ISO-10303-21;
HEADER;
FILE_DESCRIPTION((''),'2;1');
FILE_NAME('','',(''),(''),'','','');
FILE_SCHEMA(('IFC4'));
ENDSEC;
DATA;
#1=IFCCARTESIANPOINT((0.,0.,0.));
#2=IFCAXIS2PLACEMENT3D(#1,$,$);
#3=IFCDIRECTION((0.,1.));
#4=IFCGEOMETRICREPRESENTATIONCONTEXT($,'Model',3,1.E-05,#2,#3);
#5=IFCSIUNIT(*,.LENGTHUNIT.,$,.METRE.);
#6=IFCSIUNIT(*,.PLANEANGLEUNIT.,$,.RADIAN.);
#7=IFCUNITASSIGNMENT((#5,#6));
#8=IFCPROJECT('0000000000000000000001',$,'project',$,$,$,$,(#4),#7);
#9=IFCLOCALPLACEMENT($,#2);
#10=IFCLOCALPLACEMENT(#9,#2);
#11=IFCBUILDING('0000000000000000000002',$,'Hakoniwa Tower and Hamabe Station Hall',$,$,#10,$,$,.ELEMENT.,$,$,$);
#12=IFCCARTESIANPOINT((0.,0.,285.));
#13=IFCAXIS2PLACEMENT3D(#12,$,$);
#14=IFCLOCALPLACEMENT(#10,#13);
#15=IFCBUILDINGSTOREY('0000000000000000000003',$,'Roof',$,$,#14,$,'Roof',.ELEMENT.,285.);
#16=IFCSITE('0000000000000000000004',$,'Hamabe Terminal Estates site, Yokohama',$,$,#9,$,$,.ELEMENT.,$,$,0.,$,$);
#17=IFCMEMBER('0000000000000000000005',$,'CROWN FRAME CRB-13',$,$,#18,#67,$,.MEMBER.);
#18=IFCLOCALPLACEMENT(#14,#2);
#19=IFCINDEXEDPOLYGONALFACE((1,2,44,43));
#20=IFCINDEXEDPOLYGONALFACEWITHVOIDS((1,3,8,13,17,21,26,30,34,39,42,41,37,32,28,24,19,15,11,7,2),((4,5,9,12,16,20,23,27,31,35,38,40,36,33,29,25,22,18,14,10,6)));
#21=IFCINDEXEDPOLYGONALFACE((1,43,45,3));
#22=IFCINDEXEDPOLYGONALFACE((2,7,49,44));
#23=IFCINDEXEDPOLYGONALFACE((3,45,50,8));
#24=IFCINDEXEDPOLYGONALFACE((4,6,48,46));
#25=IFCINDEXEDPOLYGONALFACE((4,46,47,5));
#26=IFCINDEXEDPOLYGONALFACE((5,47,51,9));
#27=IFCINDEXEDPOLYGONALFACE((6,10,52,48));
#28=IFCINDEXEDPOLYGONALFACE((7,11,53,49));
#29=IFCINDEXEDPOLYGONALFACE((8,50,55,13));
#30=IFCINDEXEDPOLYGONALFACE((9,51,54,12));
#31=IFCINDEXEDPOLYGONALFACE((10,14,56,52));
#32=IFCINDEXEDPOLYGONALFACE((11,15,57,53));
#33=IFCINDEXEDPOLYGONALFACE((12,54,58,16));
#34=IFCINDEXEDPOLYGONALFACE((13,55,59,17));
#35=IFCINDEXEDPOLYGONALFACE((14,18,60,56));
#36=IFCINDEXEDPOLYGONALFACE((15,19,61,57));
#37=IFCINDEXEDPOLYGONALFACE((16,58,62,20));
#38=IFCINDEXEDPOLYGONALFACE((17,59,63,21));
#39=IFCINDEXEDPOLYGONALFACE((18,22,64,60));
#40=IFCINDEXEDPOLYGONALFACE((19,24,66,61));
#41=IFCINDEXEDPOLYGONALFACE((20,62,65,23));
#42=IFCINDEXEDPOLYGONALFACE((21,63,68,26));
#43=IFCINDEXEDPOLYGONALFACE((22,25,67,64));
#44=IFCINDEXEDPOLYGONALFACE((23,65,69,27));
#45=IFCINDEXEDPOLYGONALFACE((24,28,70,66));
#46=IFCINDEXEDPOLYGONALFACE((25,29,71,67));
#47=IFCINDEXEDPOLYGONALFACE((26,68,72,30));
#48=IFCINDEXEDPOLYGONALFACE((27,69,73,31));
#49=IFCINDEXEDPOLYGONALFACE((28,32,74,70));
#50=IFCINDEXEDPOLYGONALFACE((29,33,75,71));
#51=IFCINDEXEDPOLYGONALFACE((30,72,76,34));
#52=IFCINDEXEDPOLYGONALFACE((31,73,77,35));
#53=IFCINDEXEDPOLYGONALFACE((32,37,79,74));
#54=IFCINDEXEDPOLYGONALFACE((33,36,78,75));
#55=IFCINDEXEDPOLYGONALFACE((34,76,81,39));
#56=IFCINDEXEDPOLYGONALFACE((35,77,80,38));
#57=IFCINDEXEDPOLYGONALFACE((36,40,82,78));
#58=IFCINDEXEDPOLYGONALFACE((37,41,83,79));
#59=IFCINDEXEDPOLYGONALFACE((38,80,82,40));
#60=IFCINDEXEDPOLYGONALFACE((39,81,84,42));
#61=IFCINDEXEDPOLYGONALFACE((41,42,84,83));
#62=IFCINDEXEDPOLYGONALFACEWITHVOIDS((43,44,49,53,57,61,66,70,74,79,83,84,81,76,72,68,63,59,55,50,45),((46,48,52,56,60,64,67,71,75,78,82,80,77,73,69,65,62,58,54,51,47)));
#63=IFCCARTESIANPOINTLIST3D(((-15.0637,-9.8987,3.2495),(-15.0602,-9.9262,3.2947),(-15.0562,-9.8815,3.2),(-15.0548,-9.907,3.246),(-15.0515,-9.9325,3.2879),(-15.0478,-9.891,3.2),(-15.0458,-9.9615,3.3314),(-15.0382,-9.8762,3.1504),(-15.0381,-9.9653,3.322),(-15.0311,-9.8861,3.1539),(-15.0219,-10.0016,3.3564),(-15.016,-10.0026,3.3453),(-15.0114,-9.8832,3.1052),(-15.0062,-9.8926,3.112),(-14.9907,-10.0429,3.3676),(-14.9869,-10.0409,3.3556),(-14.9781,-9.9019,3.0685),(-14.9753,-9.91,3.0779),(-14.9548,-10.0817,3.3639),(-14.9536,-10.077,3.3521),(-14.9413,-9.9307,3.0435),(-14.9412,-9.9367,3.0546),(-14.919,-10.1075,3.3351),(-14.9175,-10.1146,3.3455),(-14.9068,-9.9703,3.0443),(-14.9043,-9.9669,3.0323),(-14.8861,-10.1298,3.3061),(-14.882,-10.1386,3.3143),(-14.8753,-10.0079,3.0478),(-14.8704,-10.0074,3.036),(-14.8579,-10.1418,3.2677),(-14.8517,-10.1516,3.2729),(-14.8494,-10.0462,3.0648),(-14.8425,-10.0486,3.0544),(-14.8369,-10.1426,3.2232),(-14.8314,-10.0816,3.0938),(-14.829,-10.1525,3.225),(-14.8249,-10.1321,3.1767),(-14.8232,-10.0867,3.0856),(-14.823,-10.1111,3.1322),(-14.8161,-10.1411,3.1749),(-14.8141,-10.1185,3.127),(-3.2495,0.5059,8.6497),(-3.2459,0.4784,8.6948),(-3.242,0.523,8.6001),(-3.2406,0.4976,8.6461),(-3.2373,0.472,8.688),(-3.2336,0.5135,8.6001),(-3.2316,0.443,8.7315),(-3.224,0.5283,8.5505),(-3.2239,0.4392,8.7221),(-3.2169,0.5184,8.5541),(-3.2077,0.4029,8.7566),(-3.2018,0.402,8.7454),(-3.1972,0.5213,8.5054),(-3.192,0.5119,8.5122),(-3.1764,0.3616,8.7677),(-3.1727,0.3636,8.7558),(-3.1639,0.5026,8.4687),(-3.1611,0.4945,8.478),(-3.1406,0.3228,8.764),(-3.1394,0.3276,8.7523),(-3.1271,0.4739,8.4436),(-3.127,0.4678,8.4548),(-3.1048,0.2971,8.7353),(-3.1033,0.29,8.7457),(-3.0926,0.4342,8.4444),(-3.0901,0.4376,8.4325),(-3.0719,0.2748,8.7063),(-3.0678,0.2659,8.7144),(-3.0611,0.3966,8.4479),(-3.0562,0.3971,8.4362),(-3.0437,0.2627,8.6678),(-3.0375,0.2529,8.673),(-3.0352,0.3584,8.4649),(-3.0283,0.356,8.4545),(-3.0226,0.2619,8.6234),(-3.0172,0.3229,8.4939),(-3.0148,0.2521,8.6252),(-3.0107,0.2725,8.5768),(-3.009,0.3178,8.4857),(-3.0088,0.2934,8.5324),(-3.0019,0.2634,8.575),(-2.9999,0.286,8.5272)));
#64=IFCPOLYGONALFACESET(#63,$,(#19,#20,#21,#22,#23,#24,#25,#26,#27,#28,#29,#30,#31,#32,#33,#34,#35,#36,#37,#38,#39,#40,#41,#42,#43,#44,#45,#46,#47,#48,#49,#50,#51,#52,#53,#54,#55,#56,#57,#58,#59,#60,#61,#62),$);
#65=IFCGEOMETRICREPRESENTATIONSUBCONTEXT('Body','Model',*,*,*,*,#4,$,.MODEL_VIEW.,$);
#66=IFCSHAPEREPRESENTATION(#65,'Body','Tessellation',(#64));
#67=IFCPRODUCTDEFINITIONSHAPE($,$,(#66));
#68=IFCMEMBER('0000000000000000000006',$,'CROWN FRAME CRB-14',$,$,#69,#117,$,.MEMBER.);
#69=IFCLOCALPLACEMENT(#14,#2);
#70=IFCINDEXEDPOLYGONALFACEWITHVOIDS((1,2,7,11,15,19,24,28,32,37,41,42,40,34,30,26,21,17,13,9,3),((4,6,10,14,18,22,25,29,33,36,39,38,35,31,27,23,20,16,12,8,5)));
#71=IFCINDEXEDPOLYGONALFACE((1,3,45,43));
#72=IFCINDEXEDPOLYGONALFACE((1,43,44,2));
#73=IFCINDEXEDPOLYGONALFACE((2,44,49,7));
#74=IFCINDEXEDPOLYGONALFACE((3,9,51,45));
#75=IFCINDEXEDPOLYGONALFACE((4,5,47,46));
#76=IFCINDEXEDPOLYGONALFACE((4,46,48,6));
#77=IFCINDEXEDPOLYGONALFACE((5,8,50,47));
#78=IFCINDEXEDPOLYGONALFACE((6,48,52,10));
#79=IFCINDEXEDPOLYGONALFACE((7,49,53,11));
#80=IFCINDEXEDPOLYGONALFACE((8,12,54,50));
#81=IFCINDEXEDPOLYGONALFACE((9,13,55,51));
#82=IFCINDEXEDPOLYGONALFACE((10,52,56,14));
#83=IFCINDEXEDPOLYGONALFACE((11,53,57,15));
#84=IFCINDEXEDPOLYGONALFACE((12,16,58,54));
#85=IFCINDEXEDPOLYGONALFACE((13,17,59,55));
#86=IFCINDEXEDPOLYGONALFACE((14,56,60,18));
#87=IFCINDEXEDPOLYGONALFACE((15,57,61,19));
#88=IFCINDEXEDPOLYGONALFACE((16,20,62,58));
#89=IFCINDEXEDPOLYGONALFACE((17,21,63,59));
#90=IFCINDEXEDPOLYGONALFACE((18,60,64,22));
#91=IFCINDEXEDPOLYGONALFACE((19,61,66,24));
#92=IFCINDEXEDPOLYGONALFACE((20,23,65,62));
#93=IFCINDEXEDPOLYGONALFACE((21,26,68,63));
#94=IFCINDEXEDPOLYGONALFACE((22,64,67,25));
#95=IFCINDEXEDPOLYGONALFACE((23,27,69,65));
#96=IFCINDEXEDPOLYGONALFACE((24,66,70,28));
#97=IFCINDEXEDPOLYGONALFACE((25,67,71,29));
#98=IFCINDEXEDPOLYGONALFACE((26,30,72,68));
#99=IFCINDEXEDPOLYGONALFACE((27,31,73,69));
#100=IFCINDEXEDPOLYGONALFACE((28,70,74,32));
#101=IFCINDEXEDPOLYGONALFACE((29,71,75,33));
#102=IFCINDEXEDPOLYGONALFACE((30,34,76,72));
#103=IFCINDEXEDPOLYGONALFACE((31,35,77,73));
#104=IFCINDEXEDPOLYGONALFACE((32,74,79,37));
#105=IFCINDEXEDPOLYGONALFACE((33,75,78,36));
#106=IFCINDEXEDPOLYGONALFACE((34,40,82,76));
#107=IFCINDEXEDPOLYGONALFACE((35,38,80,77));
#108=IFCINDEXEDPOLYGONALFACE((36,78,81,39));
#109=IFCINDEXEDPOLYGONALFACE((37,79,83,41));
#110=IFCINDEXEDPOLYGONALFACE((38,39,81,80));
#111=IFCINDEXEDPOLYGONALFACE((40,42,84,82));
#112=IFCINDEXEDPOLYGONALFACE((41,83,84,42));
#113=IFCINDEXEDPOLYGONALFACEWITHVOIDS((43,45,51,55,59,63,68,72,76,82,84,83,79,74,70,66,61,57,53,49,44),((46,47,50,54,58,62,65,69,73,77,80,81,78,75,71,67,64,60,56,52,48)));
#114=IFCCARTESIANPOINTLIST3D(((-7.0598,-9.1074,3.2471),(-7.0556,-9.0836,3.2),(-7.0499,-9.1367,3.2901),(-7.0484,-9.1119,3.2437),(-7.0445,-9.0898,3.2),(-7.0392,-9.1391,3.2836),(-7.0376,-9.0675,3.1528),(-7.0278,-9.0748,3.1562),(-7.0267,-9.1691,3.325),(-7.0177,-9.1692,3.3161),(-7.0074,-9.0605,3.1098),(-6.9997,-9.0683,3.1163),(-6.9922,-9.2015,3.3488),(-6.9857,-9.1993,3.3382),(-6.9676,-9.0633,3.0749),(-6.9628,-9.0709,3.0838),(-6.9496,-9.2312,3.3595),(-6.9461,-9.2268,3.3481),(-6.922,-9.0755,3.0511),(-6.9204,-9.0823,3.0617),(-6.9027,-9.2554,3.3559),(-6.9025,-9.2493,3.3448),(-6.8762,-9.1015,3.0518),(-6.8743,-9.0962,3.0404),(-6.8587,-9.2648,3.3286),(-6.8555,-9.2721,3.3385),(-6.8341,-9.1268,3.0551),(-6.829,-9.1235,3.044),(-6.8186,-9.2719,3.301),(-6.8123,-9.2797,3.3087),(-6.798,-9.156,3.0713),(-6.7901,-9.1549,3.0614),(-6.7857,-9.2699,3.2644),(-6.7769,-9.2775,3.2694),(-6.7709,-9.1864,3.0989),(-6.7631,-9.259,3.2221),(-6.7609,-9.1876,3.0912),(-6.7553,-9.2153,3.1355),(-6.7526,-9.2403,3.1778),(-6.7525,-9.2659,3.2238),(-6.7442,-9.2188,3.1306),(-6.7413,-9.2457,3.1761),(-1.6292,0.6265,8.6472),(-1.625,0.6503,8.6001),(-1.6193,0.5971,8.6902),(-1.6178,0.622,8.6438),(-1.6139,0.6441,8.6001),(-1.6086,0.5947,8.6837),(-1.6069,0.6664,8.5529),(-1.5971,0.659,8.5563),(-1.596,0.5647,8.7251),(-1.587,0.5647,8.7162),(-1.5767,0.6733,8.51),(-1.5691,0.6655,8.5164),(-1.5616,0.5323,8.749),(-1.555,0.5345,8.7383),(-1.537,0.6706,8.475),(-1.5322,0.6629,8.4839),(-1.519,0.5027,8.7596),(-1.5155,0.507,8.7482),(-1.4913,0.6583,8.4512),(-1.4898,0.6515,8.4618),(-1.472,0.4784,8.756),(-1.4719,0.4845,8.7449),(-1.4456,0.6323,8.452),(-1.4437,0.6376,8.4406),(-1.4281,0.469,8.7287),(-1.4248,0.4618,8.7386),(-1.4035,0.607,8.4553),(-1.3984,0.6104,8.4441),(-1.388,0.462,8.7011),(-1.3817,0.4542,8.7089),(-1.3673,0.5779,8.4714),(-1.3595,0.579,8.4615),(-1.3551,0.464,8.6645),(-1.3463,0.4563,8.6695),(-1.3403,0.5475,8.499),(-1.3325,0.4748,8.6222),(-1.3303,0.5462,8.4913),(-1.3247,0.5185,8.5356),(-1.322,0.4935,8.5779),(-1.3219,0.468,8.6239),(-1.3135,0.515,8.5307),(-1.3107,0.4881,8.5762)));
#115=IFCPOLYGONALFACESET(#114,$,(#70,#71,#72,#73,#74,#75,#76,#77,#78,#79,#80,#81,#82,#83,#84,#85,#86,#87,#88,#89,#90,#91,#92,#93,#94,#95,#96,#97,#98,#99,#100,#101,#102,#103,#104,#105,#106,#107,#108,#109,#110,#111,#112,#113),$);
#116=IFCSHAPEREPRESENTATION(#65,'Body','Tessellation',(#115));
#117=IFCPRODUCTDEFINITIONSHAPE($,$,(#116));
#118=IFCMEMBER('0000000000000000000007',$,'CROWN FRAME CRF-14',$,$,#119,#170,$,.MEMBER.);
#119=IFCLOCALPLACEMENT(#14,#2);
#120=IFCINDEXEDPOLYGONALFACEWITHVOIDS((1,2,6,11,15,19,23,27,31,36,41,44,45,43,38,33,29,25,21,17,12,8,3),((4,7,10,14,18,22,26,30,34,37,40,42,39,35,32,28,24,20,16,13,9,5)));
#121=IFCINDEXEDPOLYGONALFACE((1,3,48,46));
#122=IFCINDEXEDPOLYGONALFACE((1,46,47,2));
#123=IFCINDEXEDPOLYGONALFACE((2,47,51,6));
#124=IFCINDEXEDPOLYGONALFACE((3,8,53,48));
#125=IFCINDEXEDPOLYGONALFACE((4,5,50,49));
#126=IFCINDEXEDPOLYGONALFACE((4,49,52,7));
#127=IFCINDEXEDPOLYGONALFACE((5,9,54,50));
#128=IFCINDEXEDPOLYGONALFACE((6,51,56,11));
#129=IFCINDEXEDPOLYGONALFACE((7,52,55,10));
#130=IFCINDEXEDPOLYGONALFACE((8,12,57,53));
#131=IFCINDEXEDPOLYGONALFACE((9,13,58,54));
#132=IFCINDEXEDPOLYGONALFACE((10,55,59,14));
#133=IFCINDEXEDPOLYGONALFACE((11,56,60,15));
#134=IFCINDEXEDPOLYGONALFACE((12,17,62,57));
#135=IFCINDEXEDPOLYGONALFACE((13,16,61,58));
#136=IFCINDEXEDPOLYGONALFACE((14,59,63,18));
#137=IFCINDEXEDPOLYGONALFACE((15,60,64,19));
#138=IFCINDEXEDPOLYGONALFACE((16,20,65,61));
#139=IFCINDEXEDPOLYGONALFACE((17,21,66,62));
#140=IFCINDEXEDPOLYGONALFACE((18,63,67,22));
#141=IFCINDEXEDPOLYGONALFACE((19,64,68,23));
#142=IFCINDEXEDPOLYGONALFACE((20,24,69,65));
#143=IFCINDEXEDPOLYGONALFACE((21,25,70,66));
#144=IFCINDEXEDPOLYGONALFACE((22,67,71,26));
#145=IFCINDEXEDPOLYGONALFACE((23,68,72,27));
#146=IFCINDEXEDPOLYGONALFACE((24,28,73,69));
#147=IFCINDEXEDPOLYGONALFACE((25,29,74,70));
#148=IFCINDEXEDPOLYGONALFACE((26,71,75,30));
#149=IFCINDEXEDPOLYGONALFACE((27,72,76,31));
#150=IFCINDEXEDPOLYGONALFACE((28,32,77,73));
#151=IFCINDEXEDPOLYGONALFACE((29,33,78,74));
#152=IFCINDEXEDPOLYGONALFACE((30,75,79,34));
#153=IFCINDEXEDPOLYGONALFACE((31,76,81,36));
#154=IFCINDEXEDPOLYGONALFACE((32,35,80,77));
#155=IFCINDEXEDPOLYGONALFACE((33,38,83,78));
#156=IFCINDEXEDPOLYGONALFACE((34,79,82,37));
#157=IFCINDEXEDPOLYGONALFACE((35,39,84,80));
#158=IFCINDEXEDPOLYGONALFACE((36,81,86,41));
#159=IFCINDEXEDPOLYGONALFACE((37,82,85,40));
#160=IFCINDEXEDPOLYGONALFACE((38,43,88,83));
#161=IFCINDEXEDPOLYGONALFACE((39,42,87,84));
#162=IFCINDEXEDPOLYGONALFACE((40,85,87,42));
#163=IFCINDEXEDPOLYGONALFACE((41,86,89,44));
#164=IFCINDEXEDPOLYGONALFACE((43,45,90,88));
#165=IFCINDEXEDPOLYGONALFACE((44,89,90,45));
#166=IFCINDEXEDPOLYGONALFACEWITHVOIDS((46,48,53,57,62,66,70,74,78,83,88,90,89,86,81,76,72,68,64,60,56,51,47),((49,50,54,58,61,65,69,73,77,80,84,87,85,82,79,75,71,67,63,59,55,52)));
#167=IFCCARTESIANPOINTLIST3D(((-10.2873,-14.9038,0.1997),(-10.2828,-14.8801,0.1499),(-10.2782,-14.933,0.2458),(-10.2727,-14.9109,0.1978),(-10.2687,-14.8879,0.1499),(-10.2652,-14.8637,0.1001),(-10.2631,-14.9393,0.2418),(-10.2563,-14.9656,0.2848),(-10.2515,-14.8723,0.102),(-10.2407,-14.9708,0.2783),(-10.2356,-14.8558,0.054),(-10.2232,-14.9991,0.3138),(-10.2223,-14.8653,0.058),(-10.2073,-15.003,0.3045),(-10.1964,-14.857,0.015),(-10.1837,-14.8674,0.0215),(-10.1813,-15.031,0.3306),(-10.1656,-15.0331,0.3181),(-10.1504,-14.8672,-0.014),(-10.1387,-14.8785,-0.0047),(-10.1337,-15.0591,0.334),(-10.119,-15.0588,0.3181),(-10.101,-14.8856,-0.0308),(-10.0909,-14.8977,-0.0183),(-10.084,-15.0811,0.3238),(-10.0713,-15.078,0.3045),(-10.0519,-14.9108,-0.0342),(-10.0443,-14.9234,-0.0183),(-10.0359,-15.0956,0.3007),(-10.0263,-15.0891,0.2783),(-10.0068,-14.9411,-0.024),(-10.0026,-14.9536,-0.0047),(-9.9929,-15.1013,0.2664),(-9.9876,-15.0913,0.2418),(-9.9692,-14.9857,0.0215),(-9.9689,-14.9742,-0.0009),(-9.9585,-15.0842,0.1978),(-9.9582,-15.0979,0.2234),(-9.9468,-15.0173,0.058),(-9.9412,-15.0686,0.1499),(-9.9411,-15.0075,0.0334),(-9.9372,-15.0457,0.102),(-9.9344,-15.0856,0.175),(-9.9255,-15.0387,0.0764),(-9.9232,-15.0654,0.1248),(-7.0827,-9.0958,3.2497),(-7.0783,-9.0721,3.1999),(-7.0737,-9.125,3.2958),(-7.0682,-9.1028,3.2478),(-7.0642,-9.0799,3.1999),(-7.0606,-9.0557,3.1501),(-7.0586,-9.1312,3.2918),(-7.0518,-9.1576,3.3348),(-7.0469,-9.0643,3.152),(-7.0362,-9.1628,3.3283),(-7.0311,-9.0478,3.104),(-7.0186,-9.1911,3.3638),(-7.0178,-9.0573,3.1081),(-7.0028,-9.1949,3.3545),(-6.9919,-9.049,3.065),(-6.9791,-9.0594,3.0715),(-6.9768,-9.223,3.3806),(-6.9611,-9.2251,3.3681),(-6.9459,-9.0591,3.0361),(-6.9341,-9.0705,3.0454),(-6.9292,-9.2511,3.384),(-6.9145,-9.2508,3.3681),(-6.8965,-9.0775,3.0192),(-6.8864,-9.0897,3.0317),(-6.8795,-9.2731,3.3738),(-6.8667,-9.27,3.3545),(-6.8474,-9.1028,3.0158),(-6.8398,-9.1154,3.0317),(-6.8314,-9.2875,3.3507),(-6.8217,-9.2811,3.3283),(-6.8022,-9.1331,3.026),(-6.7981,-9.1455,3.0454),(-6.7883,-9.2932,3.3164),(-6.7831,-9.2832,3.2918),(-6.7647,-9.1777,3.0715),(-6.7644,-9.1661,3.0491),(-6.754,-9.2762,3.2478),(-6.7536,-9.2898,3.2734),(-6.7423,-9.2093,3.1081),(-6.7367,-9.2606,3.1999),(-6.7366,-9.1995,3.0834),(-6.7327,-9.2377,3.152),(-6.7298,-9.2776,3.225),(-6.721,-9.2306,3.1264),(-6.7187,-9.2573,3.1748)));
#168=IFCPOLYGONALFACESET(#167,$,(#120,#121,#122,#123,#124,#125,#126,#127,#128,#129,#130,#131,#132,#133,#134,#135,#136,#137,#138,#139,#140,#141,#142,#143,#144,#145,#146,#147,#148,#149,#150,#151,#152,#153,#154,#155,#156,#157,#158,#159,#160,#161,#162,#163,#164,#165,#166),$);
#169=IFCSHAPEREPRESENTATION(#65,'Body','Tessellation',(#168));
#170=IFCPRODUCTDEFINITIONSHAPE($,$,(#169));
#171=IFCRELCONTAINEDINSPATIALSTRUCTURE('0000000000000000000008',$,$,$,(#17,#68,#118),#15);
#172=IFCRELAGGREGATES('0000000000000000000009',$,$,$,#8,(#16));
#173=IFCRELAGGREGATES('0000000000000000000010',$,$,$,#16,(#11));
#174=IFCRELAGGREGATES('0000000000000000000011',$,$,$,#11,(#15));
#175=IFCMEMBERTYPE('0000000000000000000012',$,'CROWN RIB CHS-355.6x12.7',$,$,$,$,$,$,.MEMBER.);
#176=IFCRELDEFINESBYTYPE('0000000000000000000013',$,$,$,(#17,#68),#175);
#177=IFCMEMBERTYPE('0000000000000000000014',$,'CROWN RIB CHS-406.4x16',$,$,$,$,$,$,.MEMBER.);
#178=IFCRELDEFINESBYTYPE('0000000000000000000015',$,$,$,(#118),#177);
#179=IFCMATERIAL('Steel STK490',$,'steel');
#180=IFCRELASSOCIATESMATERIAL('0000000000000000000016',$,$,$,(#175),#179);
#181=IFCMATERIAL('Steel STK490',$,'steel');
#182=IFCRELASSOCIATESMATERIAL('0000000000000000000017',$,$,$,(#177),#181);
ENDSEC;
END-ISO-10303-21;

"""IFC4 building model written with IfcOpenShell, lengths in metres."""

from ifc_helpers import new_model, si_unit, direction, frame, origin, origin_2d, place, context, subcontext, project, spatial, hollow_circle, extrude, material, material_profile, profile_set, type_object, element, save


model = new_model("IFC4")

# Units and contexts
model_context = context("Model", 3, precision=1e-05, world=origin(), true_north=direction((0.0, 1.0)))
body_context = subcontext(model_context, "Body", "Model", "MODEL_VIEW")
ifc_project = project(units=[si_unit("LENGTHUNIT", "METRE"), si_unit("PLANEANGLEUNIT", "RADIAN")], contexts=[model_context])

# Site, building, storey
site_placement = place(None, origin())
site = spatial("IfcSite", under=ifc_project, at=site_placement, Name="Hamabe Terminal Estates site, Yokohama", CompositionType="ELEMENT", RefElevation=0.0)
building_placement = place(site_placement, origin())
building = spatial("IfcBuilding", under=site, at=building_placement, Name="Hakoniwa Tower and Hamabe Station Hall", CompositionType="ELEMENT")
storey_placement = place(building_placement, frame((0.0, 0.0, 285.0)))
storey = spatial("IfcBuildingStorey", under=building, at=storey_placement, Name="Roof", LongName="Roof", CompositionType="ELEMENT", Elevation=285.0)

# Members
ifc_material_1 = material(Name="Steel STK490", Category="steel")
ifc_material_profile_1 = material_profile(ifc_material_1, hollow_circle(Radius=0.1777, WallThickness=0.0127, at=origin_2d()), Name="CHS-355.6x12.7")
ifc_profile_set_1 = profile_set([ifc_material_profile_1], Name="Steel STK490")
member_type_1 = type_object("IfcMemberType", Name="CROWN RIB CHS-355.6x12.7", PredefinedType="MEMBER", material=ifc_profile_set_1)
member_1_placement = place(storey_placement, frame((-14.9387, -10.0149, 3.2), z_axis=(0.709858, 0.625158, 0.324468), x_axis=(-0.660916, 0.75046, 0.0)))
element("IfcMember", 1, at=member_1_placement, inside=storey, type_object=member_type_1, Name="CROWN FRAME CRB-13", PredefinedType="MEMBER", context=body_context, shape_type="SweptSolid", body=[
    extrude(hollow_circle(Radius=0.1777, WallThickness=0.0127, at=origin_2d()), origin(), (0.0, 0.0, 1.0), 16.6431),
])
member_2_placement = place(storey_placement, frame((-6.9004, -9.1702, 3.2), z_axis=(0.438467, 0.785906, 0.436003), x_axis=(-0.873282, 0.487215, 0.0)))
element("IfcMember", 2, at=member_2_placement, inside=storey, type_object=member_type_1, Name="CROWN FRAME CRB-14", PredefinedType="MEMBER", context=body_context, shape_type="SweptSolid", body=[
    extrude(hollow_circle(Radius=0.1777, WallThickness=0.0127, at=origin_2d()), origin(), (0.0, 0.0, 1.0), 12.3855),
])
ifc_material_2 = material(Name="Steel STK490", Category="steel")
ifc_material_profile_2 = material_profile(ifc_material_2, hollow_circle(Radius=0.2031, WallThickness=0.0161, at=origin_2d()), Name="CHS-406.4x16")
ifc_profile_set_2 = profile_set([ifc_material_profile_2], Name="Steel STK490")
member_type_2 = type_object("IfcMemberType", Name="CROWN RIB CHS-406.4x16", PredefinedType="MEMBER", material=ifc_profile_set_2)
member_3_placement = place(storey_placement, frame((-10.105, -14.9783, 0.1499), z_axis=(0.438918, 0.795509, 0.417751), x_axis=(-0.87557, 0.483091, 0.0)))
element("IfcMember", 3, at=member_3_placement, inside=storey, type_object=member_type_2, Name="CROWN FRAME CRF-14", PredefinedType="MEMBER", context=body_context, shape_type="SweptSolid", body=[
    extrude(hollow_circle(Radius=0.2031, WallThickness=0.0161, at=origin_2d()), origin(), (0.0, 0.0, 1.0), 7.301),
])

save(model, "model.ifc")
